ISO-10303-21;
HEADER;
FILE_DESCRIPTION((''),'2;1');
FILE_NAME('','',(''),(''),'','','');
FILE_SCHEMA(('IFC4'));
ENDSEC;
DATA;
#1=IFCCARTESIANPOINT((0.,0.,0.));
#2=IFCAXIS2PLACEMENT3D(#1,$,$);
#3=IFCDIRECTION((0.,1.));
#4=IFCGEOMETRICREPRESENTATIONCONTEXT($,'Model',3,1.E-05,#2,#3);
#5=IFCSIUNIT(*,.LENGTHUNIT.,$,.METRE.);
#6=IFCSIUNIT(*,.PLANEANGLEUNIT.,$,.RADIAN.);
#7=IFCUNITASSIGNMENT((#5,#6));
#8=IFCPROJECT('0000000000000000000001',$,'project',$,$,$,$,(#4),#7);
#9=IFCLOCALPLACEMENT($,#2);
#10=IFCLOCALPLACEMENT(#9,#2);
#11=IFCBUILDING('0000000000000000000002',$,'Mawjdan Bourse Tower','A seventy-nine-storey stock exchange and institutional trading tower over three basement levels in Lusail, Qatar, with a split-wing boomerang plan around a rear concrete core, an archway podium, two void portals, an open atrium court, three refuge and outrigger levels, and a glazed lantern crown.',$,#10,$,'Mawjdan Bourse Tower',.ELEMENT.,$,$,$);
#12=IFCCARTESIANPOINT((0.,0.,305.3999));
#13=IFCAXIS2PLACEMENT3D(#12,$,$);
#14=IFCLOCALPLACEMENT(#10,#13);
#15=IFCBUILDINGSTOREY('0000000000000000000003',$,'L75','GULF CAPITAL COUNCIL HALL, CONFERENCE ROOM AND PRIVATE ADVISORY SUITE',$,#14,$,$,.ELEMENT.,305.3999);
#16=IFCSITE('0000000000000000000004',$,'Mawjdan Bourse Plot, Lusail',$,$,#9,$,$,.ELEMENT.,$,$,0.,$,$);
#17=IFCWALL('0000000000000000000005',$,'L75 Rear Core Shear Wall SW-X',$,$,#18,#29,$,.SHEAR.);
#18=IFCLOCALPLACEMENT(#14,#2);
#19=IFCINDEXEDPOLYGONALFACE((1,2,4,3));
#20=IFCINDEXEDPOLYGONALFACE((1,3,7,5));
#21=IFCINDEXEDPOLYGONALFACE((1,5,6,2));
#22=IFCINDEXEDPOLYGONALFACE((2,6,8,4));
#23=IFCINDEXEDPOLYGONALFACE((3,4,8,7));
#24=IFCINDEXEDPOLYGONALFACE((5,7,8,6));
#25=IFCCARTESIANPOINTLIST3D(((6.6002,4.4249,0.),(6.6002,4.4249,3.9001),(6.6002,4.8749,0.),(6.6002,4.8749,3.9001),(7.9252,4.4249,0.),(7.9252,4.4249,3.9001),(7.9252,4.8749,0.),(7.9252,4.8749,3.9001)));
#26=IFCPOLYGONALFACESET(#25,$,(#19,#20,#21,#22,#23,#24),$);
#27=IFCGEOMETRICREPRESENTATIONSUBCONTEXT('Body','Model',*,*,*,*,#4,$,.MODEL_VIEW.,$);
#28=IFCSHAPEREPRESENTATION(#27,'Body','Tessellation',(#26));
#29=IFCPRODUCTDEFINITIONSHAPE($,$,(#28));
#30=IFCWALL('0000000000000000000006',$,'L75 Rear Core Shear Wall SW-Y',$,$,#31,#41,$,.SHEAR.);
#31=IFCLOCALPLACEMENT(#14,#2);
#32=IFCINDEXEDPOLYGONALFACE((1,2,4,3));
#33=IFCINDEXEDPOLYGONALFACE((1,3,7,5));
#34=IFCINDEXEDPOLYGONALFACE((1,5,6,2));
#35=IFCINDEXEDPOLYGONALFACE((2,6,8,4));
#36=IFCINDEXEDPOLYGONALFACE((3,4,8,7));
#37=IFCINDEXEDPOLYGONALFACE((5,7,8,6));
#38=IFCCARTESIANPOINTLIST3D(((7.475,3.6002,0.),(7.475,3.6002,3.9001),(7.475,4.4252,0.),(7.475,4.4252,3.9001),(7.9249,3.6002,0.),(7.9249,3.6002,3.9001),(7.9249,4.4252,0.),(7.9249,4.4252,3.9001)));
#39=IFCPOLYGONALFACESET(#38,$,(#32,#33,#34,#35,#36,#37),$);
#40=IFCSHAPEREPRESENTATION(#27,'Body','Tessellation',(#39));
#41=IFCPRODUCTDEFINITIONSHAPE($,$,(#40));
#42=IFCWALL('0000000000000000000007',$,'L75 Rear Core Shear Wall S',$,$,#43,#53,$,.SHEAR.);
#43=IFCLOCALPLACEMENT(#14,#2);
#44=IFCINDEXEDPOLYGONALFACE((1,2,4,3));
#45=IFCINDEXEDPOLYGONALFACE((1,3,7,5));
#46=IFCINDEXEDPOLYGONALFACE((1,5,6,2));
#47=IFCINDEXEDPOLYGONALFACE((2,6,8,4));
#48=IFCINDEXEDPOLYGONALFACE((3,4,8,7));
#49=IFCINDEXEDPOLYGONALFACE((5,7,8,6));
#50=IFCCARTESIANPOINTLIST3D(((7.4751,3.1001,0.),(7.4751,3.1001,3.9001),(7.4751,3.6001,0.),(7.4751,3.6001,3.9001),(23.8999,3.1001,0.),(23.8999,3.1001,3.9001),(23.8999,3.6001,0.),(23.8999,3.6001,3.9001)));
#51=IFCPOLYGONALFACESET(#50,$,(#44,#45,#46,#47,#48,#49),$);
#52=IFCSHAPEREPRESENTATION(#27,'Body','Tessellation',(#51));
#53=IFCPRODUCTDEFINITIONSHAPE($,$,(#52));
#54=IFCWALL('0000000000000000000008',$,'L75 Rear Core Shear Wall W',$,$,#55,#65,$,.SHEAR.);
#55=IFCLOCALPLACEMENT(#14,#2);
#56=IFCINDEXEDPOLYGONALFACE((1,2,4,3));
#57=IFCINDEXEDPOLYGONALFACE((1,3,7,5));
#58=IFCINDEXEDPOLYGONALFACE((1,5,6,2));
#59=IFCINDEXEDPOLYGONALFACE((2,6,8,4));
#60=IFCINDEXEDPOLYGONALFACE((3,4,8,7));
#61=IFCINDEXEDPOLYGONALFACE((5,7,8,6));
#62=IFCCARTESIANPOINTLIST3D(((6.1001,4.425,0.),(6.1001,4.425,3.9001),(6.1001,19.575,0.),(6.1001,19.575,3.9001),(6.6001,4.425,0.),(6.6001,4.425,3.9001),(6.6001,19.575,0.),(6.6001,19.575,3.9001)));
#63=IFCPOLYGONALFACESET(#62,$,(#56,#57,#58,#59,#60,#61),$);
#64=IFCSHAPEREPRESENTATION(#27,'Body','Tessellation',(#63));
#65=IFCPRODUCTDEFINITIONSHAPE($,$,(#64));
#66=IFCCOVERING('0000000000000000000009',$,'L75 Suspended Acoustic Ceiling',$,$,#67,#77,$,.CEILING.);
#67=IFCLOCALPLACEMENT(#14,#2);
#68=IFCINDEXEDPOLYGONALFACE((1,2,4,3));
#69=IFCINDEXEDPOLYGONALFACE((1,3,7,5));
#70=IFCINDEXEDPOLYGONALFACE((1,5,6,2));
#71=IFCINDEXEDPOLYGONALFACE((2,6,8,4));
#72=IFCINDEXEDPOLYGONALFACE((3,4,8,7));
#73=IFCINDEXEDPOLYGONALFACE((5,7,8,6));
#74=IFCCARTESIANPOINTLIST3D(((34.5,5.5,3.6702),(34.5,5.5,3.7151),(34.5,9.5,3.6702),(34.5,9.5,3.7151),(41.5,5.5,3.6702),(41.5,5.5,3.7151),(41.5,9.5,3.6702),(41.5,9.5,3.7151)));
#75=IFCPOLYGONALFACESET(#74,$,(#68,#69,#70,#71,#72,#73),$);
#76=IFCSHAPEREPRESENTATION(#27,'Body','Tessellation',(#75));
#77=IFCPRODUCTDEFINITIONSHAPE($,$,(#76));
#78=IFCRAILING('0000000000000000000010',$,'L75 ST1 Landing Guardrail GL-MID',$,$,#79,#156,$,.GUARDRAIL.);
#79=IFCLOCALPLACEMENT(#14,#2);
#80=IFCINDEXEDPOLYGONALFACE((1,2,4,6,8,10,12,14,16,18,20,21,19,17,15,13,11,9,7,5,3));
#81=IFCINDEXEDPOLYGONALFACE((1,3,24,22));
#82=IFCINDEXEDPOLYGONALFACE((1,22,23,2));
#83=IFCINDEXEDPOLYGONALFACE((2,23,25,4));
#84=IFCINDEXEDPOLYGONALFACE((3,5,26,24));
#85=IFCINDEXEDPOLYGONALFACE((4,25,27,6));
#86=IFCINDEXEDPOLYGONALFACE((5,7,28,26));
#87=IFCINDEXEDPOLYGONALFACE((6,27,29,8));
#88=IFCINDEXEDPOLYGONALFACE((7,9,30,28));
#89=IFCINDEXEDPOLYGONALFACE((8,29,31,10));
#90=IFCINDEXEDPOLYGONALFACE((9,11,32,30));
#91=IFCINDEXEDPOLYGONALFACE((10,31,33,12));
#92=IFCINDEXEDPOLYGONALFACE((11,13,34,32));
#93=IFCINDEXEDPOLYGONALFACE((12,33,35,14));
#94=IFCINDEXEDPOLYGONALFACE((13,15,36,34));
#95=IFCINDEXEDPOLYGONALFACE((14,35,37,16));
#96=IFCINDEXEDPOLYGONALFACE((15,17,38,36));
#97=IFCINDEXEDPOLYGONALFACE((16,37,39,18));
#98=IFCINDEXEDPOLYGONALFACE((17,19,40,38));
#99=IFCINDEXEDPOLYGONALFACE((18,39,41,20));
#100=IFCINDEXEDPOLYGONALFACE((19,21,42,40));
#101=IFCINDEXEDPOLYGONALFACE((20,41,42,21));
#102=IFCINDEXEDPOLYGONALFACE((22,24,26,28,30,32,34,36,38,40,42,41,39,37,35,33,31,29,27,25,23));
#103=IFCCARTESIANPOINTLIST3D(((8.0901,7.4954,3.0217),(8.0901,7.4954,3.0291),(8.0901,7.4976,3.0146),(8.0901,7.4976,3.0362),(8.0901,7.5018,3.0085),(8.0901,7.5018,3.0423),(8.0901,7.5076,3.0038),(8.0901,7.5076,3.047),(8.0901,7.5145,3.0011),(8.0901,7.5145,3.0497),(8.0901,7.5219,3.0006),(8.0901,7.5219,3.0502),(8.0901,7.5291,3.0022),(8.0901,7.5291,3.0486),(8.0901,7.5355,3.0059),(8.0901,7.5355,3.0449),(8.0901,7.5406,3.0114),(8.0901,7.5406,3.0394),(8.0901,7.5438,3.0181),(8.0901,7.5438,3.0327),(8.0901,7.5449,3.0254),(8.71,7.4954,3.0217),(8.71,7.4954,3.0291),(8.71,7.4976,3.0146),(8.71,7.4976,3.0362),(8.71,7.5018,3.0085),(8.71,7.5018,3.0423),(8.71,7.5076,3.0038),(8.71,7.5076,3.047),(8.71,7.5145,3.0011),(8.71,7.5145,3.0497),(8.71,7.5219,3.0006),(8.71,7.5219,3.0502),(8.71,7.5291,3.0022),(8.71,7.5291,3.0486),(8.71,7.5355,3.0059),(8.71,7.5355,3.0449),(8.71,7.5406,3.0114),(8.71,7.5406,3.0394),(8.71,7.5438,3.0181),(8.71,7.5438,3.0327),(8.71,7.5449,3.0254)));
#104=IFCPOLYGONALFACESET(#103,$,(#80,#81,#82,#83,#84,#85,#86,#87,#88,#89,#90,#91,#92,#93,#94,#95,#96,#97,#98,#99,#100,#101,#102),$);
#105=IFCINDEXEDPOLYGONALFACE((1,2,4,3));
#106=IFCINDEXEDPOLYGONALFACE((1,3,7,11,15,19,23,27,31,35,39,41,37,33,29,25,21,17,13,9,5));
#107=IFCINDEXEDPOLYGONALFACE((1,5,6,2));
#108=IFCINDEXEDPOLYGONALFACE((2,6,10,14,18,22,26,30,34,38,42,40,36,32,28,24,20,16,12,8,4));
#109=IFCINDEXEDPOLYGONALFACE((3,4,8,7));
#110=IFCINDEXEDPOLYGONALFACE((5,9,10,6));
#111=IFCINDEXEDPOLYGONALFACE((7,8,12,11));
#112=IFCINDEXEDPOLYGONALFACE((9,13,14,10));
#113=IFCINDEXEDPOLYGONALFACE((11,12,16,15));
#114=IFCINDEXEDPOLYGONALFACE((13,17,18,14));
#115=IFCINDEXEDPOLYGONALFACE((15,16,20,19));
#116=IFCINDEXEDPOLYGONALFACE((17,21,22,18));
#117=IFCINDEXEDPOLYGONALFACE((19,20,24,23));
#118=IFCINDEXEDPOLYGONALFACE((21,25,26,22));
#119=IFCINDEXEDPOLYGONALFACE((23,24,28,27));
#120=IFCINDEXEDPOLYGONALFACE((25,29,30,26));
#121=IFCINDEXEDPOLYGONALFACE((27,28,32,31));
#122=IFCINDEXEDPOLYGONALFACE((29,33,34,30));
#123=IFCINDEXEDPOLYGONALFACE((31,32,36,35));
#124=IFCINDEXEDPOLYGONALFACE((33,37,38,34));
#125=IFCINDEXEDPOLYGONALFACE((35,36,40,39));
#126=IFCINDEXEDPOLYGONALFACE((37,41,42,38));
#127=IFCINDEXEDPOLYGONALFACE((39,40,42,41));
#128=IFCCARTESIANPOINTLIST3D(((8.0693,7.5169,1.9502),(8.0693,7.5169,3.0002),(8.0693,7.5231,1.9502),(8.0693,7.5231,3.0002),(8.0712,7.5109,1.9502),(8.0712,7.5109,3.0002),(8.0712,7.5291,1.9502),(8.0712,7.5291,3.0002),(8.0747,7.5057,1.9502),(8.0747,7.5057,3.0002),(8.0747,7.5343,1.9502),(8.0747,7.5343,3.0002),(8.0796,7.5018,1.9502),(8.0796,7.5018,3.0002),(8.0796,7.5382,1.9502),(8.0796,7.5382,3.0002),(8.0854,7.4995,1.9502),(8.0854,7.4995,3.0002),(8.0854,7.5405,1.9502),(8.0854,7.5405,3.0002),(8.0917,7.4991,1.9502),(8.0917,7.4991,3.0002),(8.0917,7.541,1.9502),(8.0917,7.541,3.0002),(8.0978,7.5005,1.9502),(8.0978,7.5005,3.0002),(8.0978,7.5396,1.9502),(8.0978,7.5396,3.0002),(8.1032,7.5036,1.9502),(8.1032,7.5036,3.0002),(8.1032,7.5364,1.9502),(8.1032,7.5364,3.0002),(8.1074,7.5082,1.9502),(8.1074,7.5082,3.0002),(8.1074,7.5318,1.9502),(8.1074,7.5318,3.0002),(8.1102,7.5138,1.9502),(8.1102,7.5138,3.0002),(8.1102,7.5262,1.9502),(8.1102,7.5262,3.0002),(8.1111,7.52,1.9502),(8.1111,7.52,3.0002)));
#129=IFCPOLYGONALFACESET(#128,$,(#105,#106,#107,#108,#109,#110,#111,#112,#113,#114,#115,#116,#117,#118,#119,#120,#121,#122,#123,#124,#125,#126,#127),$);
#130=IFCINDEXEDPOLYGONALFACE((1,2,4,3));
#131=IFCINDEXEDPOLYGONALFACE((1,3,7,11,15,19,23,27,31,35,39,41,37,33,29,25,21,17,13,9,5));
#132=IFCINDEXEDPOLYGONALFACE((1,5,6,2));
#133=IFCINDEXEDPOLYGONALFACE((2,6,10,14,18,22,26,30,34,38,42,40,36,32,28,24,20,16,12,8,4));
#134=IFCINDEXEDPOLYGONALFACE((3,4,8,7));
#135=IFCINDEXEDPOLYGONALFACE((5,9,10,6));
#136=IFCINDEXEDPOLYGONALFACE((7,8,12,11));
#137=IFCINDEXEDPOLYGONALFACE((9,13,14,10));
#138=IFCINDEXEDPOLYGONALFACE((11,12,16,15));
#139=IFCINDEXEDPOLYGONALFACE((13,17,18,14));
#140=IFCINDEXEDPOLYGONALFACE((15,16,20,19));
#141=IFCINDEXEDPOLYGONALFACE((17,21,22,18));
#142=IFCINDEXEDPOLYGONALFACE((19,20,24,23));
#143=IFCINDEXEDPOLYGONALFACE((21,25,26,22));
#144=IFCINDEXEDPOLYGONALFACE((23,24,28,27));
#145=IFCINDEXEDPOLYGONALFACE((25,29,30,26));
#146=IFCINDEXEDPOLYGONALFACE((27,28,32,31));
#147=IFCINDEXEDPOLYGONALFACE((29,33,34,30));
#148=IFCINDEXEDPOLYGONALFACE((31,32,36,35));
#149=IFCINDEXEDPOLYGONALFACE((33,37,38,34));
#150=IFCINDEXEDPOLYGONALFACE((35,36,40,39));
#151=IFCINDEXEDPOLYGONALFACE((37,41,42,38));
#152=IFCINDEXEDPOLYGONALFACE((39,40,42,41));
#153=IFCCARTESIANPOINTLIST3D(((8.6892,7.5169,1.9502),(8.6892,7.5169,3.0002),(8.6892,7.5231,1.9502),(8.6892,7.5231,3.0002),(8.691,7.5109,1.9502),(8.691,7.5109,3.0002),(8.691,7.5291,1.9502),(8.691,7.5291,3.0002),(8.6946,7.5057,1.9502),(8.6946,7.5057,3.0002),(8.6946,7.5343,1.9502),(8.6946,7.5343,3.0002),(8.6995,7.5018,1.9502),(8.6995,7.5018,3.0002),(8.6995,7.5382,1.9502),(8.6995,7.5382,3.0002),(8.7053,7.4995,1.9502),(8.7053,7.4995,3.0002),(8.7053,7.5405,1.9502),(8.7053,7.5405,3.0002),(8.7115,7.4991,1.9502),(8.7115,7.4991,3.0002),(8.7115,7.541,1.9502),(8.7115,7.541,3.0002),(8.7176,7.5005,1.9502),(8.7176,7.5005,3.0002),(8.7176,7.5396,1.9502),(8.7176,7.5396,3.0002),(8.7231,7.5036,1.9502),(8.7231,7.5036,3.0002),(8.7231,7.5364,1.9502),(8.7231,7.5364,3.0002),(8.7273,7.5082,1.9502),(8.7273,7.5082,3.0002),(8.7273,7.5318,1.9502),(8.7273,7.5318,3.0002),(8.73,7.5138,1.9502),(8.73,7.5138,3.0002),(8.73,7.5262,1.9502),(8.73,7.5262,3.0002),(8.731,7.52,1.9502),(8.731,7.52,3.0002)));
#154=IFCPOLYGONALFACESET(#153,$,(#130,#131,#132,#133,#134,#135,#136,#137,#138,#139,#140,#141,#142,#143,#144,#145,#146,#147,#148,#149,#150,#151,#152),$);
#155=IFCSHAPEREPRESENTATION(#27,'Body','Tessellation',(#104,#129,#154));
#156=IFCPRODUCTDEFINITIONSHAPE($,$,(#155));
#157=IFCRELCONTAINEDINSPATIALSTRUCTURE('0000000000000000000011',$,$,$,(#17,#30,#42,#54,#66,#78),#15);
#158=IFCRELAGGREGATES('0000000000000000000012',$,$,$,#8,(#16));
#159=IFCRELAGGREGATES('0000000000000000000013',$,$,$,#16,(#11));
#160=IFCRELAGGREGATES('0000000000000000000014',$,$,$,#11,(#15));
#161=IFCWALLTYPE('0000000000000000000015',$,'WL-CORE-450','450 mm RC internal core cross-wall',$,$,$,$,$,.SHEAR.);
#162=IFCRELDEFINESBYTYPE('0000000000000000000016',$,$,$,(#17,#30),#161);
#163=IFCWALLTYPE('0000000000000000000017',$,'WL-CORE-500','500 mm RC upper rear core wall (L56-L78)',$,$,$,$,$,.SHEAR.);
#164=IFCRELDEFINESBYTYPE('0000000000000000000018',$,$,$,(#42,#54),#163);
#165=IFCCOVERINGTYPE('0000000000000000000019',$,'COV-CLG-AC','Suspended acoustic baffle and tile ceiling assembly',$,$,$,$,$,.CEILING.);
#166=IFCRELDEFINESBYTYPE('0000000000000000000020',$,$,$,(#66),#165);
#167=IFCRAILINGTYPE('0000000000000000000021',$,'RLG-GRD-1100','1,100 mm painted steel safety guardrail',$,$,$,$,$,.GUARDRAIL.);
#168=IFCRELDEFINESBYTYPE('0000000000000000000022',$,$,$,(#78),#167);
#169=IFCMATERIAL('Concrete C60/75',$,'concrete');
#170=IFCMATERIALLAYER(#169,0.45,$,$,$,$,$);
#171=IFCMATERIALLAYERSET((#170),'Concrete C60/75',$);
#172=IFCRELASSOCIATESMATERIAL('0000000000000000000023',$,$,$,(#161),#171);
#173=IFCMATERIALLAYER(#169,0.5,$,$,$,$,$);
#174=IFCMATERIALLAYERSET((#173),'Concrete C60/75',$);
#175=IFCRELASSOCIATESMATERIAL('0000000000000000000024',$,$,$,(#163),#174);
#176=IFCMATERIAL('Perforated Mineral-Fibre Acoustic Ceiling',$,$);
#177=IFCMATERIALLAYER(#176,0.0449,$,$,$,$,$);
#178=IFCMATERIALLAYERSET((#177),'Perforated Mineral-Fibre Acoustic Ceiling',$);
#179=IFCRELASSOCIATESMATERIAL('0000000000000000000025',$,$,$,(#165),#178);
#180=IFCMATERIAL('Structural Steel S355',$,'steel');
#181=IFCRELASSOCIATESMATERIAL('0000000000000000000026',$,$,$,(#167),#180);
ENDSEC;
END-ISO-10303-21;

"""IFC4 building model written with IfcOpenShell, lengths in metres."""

from ifc_helpers import new_model, si_unit, direction, frame, frame_2d, origin, origin_2d, place, context, subcontext, project, spatial, polyline, rectangle, circle, outline, extrude, material, layer, layer_set, type_object, element, save


model = new_model("IFC4")

# Units and contexts
model_context = context("Model", 3, precision=1e-05, world=origin(), true_north=direction((0.0, 1.0)))
body_context = subcontext(model_context, "Body", "Model", "MODEL_VIEW")
ifc_project = project(units=[si_unit("LENGTHUNIT", "METRE"), si_unit("PLANEANGLEUNIT", "RADIAN")], contexts=[model_context])

# Site, building, storey
site_placement = place(None, origin())
site = spatial("IfcSite", under=ifc_project, at=site_placement, Name="Mawjdan Bourse Plot, Lusail", CompositionType="ELEMENT", RefElevation=0.0)
building_placement = place(site_placement, origin())
building = spatial("IfcBuilding", under=site, at=building_placement, Name="Mawjdan Bourse Tower", Description="A seventy-nine-storey stock exchange and institutional trading tower over three basement levels in Lusail, Qatar, with a split-wing boomerang plan around a rear concrete core, an archway podium, two void portals, an open atrium court, three refuge and outrigger levels, and a glazed lantern crown.", LongName="Mawjdan Bourse Tower", CompositionType="ELEMENT")
storey_placement = place(building_placement, frame((0.0, 0.0, 305.3999)))
storey = spatial("IfcBuildingStorey", under=building, at=storey_placement, Name="L75", Description="GULF CAPITAL COUNCIL HALL, CONFERENCE ROOM AND PRIVATE ADVISORY SUITE", CompositionType="ELEMENT", Elevation=305.3999)

# Walls
ifc_material_1 = material(Name="Concrete C60/75", Category="concrete")
ifc_layer_1 = layer(ifc_material_1, 0.45)
ifc_layer_set_1 = layer_set([ifc_layer_1], Name="Concrete C60/75")
wall_type_1 = type_object("IfcWallType", Name="WL-CORE-450", Description="450 mm RC internal core cross-wall", PredefinedType="SHEAR", material=ifc_layer_set_1)
wall_1_placement = place(storey_placement, frame((6.6001, 4.6499, 0.0), z_axis=(0.0, 0.0, 1.0), x_axis=(1.0, 0.0, 0.0)))
element("IfcWall", 1, at=wall_1_placement, inside=storey, type_object=wall_type_1, Name="L75 Rear Core Shear Wall SW-X", PredefinedType="SHEAR", context=body_context, shape_type="SweptSolid", body=[
    extrude(rectangle(XDim=1.325, YDim=0.45, at=frame_2d((0.6626, 0.0))), origin(), (0.0, 0.0, 1.0), 3.9001),
])
wall_2_placement = place(storey_placement, frame((7.7, 3.6001, 0.0), z_axis=(0.0, 0.0, 1.0), x_axis=(0.0, 1.0, 0.0)))
element("IfcWall", 2, at=wall_2_placement, inside=storey, type_object=wall_type_1, Name="L75 Rear Core Shear Wall SW-Y", PredefinedType="SHEAR", context=body_context, shape_type="SweptSolid", body=[
    extrude(rectangle(XDim=0.825, YDim=0.45, at=frame_2d((0.4126, 0.0))), origin(), (0.0, 0.0, 1.0), 3.9001),
])
ifc_layer_2 = layer(ifc_material_1, 0.5)
ifc_layer_set_2 = layer_set([ifc_layer_2], Name="Concrete C60/75")
wall_type_2 = type_object("IfcWallType", Name="WL-CORE-500", Description="500 mm RC upper rear core wall (L56-L78)", PredefinedType="SHEAR", material=ifc_layer_set_2)
wall_3_placement = place(storey_placement, frame((7.4751, 3.3501, 0.0), z_axis=(0.0, 0.0, 1.0), x_axis=(1.0, 0.0, 0.0)))
element("IfcWall", 3, at=wall_3_placement, inside=storey, type_object=wall_type_2, Name="L75 Rear Core Shear Wall S", PredefinedType="SHEAR", context=body_context, shape_type="SweptSolid", body=[
    extrude(rectangle(XDim=16.4248, YDim=0.5, at=frame_2d((8.2124, 0.0))), origin(), (0.0, 0.0, 1.0), 3.9001),
])
wall_4_placement = place(storey_placement, frame((6.3501, 4.425, 0.0), z_axis=(0.0, 0.0, 1.0), x_axis=(0.0, 1.0, 0.0)))
element("IfcWall", 4, at=wall_4_placement, inside=storey, type_object=wall_type_2, Name="L75 Rear Core Shear Wall W", PredefinedType="SHEAR", context=body_context, shape_type="SweptSolid", body=[
    extrude(rectangle(XDim=15.1499, YDim=0.5, at=frame_2d((7.575, 0.0))), origin(), (0.0, 0.0, 1.0), 3.9001),
])

# Covering
ifc_material_2 = material(Name="Perforated Mineral-Fibre Acoustic Ceiling")
ifc_layer_3 = layer(ifc_material_2, 0.0449)
ifc_layer_set_3 = layer_set([ifc_layer_3], Name="Perforated Mineral-Fibre Acoustic Ceiling")
covering_type = type_object("IfcCoveringType", Name="COV-CLG-AC", Description="Suspended acoustic baffle and tile ceiling assembly", PredefinedType="CEILING", material=ifc_layer_set_3)
covering_placement = place(storey_placement, frame((0.0, 0.0, 3.6702)))
element("IfcCovering", 5, at=covering_placement, inside=storey, type_object=covering_type, Name="L75 Suspended Acoustic Ceiling", PredefinedType="CEILING", context=body_context, shape_type="SweptSolid", body=[
    extrude(outline(polyline([(34.5, 5.5), (41.5, 5.5), (41.5, 9.5), (34.5, 9.5), (34.5, 5.5)])), origin(), (0.0, 0.0, 1.0), 0.0449),
])

# Railing
ifc_material_3 = material(Name="Structural Steel S355", Category="steel")
railing_type_1 = type_object("IfcRailingType", Name="RLG-GRD-1100", Description="1,100 mm painted steel safety guardrail", PredefinedType="GUARDRAIL", material=ifc_material_3)
for number, where, name in (
    (6, (8.0901, 7.52, 1.9502), "L75 ST1 Landing Guardrail GL-MID"),
):
    element("IfcRailing", number, at=place(storey_placement, frame(where)), inside=storey, type_object=railing_type_1, Name=name, PredefinedType="GUARDRAIL", context=body_context, shape_type="SweptSolid", body=[
        extrude(circle(Radius=0.0249, at=origin_2d()), frame((0.0, 0.0, 1.0752), z_axis=(1.0, 0.0, 0.0), x_axis=(0.0, 1.0, 0.0)), (0.0, 0.0, 1.0), 0.6199),
        extrude(circle(Radius=0.021, at=origin_2d()), origin(), (0.0, 0.0, 1.0), 1.05),
        extrude(circle(Radius=0.021, at=origin_2d()), frame((0.6199, 0.0, 0.0)), (0.0, 0.0, 1.0), 1.05),
    ])

save(model, "model.ifc")
